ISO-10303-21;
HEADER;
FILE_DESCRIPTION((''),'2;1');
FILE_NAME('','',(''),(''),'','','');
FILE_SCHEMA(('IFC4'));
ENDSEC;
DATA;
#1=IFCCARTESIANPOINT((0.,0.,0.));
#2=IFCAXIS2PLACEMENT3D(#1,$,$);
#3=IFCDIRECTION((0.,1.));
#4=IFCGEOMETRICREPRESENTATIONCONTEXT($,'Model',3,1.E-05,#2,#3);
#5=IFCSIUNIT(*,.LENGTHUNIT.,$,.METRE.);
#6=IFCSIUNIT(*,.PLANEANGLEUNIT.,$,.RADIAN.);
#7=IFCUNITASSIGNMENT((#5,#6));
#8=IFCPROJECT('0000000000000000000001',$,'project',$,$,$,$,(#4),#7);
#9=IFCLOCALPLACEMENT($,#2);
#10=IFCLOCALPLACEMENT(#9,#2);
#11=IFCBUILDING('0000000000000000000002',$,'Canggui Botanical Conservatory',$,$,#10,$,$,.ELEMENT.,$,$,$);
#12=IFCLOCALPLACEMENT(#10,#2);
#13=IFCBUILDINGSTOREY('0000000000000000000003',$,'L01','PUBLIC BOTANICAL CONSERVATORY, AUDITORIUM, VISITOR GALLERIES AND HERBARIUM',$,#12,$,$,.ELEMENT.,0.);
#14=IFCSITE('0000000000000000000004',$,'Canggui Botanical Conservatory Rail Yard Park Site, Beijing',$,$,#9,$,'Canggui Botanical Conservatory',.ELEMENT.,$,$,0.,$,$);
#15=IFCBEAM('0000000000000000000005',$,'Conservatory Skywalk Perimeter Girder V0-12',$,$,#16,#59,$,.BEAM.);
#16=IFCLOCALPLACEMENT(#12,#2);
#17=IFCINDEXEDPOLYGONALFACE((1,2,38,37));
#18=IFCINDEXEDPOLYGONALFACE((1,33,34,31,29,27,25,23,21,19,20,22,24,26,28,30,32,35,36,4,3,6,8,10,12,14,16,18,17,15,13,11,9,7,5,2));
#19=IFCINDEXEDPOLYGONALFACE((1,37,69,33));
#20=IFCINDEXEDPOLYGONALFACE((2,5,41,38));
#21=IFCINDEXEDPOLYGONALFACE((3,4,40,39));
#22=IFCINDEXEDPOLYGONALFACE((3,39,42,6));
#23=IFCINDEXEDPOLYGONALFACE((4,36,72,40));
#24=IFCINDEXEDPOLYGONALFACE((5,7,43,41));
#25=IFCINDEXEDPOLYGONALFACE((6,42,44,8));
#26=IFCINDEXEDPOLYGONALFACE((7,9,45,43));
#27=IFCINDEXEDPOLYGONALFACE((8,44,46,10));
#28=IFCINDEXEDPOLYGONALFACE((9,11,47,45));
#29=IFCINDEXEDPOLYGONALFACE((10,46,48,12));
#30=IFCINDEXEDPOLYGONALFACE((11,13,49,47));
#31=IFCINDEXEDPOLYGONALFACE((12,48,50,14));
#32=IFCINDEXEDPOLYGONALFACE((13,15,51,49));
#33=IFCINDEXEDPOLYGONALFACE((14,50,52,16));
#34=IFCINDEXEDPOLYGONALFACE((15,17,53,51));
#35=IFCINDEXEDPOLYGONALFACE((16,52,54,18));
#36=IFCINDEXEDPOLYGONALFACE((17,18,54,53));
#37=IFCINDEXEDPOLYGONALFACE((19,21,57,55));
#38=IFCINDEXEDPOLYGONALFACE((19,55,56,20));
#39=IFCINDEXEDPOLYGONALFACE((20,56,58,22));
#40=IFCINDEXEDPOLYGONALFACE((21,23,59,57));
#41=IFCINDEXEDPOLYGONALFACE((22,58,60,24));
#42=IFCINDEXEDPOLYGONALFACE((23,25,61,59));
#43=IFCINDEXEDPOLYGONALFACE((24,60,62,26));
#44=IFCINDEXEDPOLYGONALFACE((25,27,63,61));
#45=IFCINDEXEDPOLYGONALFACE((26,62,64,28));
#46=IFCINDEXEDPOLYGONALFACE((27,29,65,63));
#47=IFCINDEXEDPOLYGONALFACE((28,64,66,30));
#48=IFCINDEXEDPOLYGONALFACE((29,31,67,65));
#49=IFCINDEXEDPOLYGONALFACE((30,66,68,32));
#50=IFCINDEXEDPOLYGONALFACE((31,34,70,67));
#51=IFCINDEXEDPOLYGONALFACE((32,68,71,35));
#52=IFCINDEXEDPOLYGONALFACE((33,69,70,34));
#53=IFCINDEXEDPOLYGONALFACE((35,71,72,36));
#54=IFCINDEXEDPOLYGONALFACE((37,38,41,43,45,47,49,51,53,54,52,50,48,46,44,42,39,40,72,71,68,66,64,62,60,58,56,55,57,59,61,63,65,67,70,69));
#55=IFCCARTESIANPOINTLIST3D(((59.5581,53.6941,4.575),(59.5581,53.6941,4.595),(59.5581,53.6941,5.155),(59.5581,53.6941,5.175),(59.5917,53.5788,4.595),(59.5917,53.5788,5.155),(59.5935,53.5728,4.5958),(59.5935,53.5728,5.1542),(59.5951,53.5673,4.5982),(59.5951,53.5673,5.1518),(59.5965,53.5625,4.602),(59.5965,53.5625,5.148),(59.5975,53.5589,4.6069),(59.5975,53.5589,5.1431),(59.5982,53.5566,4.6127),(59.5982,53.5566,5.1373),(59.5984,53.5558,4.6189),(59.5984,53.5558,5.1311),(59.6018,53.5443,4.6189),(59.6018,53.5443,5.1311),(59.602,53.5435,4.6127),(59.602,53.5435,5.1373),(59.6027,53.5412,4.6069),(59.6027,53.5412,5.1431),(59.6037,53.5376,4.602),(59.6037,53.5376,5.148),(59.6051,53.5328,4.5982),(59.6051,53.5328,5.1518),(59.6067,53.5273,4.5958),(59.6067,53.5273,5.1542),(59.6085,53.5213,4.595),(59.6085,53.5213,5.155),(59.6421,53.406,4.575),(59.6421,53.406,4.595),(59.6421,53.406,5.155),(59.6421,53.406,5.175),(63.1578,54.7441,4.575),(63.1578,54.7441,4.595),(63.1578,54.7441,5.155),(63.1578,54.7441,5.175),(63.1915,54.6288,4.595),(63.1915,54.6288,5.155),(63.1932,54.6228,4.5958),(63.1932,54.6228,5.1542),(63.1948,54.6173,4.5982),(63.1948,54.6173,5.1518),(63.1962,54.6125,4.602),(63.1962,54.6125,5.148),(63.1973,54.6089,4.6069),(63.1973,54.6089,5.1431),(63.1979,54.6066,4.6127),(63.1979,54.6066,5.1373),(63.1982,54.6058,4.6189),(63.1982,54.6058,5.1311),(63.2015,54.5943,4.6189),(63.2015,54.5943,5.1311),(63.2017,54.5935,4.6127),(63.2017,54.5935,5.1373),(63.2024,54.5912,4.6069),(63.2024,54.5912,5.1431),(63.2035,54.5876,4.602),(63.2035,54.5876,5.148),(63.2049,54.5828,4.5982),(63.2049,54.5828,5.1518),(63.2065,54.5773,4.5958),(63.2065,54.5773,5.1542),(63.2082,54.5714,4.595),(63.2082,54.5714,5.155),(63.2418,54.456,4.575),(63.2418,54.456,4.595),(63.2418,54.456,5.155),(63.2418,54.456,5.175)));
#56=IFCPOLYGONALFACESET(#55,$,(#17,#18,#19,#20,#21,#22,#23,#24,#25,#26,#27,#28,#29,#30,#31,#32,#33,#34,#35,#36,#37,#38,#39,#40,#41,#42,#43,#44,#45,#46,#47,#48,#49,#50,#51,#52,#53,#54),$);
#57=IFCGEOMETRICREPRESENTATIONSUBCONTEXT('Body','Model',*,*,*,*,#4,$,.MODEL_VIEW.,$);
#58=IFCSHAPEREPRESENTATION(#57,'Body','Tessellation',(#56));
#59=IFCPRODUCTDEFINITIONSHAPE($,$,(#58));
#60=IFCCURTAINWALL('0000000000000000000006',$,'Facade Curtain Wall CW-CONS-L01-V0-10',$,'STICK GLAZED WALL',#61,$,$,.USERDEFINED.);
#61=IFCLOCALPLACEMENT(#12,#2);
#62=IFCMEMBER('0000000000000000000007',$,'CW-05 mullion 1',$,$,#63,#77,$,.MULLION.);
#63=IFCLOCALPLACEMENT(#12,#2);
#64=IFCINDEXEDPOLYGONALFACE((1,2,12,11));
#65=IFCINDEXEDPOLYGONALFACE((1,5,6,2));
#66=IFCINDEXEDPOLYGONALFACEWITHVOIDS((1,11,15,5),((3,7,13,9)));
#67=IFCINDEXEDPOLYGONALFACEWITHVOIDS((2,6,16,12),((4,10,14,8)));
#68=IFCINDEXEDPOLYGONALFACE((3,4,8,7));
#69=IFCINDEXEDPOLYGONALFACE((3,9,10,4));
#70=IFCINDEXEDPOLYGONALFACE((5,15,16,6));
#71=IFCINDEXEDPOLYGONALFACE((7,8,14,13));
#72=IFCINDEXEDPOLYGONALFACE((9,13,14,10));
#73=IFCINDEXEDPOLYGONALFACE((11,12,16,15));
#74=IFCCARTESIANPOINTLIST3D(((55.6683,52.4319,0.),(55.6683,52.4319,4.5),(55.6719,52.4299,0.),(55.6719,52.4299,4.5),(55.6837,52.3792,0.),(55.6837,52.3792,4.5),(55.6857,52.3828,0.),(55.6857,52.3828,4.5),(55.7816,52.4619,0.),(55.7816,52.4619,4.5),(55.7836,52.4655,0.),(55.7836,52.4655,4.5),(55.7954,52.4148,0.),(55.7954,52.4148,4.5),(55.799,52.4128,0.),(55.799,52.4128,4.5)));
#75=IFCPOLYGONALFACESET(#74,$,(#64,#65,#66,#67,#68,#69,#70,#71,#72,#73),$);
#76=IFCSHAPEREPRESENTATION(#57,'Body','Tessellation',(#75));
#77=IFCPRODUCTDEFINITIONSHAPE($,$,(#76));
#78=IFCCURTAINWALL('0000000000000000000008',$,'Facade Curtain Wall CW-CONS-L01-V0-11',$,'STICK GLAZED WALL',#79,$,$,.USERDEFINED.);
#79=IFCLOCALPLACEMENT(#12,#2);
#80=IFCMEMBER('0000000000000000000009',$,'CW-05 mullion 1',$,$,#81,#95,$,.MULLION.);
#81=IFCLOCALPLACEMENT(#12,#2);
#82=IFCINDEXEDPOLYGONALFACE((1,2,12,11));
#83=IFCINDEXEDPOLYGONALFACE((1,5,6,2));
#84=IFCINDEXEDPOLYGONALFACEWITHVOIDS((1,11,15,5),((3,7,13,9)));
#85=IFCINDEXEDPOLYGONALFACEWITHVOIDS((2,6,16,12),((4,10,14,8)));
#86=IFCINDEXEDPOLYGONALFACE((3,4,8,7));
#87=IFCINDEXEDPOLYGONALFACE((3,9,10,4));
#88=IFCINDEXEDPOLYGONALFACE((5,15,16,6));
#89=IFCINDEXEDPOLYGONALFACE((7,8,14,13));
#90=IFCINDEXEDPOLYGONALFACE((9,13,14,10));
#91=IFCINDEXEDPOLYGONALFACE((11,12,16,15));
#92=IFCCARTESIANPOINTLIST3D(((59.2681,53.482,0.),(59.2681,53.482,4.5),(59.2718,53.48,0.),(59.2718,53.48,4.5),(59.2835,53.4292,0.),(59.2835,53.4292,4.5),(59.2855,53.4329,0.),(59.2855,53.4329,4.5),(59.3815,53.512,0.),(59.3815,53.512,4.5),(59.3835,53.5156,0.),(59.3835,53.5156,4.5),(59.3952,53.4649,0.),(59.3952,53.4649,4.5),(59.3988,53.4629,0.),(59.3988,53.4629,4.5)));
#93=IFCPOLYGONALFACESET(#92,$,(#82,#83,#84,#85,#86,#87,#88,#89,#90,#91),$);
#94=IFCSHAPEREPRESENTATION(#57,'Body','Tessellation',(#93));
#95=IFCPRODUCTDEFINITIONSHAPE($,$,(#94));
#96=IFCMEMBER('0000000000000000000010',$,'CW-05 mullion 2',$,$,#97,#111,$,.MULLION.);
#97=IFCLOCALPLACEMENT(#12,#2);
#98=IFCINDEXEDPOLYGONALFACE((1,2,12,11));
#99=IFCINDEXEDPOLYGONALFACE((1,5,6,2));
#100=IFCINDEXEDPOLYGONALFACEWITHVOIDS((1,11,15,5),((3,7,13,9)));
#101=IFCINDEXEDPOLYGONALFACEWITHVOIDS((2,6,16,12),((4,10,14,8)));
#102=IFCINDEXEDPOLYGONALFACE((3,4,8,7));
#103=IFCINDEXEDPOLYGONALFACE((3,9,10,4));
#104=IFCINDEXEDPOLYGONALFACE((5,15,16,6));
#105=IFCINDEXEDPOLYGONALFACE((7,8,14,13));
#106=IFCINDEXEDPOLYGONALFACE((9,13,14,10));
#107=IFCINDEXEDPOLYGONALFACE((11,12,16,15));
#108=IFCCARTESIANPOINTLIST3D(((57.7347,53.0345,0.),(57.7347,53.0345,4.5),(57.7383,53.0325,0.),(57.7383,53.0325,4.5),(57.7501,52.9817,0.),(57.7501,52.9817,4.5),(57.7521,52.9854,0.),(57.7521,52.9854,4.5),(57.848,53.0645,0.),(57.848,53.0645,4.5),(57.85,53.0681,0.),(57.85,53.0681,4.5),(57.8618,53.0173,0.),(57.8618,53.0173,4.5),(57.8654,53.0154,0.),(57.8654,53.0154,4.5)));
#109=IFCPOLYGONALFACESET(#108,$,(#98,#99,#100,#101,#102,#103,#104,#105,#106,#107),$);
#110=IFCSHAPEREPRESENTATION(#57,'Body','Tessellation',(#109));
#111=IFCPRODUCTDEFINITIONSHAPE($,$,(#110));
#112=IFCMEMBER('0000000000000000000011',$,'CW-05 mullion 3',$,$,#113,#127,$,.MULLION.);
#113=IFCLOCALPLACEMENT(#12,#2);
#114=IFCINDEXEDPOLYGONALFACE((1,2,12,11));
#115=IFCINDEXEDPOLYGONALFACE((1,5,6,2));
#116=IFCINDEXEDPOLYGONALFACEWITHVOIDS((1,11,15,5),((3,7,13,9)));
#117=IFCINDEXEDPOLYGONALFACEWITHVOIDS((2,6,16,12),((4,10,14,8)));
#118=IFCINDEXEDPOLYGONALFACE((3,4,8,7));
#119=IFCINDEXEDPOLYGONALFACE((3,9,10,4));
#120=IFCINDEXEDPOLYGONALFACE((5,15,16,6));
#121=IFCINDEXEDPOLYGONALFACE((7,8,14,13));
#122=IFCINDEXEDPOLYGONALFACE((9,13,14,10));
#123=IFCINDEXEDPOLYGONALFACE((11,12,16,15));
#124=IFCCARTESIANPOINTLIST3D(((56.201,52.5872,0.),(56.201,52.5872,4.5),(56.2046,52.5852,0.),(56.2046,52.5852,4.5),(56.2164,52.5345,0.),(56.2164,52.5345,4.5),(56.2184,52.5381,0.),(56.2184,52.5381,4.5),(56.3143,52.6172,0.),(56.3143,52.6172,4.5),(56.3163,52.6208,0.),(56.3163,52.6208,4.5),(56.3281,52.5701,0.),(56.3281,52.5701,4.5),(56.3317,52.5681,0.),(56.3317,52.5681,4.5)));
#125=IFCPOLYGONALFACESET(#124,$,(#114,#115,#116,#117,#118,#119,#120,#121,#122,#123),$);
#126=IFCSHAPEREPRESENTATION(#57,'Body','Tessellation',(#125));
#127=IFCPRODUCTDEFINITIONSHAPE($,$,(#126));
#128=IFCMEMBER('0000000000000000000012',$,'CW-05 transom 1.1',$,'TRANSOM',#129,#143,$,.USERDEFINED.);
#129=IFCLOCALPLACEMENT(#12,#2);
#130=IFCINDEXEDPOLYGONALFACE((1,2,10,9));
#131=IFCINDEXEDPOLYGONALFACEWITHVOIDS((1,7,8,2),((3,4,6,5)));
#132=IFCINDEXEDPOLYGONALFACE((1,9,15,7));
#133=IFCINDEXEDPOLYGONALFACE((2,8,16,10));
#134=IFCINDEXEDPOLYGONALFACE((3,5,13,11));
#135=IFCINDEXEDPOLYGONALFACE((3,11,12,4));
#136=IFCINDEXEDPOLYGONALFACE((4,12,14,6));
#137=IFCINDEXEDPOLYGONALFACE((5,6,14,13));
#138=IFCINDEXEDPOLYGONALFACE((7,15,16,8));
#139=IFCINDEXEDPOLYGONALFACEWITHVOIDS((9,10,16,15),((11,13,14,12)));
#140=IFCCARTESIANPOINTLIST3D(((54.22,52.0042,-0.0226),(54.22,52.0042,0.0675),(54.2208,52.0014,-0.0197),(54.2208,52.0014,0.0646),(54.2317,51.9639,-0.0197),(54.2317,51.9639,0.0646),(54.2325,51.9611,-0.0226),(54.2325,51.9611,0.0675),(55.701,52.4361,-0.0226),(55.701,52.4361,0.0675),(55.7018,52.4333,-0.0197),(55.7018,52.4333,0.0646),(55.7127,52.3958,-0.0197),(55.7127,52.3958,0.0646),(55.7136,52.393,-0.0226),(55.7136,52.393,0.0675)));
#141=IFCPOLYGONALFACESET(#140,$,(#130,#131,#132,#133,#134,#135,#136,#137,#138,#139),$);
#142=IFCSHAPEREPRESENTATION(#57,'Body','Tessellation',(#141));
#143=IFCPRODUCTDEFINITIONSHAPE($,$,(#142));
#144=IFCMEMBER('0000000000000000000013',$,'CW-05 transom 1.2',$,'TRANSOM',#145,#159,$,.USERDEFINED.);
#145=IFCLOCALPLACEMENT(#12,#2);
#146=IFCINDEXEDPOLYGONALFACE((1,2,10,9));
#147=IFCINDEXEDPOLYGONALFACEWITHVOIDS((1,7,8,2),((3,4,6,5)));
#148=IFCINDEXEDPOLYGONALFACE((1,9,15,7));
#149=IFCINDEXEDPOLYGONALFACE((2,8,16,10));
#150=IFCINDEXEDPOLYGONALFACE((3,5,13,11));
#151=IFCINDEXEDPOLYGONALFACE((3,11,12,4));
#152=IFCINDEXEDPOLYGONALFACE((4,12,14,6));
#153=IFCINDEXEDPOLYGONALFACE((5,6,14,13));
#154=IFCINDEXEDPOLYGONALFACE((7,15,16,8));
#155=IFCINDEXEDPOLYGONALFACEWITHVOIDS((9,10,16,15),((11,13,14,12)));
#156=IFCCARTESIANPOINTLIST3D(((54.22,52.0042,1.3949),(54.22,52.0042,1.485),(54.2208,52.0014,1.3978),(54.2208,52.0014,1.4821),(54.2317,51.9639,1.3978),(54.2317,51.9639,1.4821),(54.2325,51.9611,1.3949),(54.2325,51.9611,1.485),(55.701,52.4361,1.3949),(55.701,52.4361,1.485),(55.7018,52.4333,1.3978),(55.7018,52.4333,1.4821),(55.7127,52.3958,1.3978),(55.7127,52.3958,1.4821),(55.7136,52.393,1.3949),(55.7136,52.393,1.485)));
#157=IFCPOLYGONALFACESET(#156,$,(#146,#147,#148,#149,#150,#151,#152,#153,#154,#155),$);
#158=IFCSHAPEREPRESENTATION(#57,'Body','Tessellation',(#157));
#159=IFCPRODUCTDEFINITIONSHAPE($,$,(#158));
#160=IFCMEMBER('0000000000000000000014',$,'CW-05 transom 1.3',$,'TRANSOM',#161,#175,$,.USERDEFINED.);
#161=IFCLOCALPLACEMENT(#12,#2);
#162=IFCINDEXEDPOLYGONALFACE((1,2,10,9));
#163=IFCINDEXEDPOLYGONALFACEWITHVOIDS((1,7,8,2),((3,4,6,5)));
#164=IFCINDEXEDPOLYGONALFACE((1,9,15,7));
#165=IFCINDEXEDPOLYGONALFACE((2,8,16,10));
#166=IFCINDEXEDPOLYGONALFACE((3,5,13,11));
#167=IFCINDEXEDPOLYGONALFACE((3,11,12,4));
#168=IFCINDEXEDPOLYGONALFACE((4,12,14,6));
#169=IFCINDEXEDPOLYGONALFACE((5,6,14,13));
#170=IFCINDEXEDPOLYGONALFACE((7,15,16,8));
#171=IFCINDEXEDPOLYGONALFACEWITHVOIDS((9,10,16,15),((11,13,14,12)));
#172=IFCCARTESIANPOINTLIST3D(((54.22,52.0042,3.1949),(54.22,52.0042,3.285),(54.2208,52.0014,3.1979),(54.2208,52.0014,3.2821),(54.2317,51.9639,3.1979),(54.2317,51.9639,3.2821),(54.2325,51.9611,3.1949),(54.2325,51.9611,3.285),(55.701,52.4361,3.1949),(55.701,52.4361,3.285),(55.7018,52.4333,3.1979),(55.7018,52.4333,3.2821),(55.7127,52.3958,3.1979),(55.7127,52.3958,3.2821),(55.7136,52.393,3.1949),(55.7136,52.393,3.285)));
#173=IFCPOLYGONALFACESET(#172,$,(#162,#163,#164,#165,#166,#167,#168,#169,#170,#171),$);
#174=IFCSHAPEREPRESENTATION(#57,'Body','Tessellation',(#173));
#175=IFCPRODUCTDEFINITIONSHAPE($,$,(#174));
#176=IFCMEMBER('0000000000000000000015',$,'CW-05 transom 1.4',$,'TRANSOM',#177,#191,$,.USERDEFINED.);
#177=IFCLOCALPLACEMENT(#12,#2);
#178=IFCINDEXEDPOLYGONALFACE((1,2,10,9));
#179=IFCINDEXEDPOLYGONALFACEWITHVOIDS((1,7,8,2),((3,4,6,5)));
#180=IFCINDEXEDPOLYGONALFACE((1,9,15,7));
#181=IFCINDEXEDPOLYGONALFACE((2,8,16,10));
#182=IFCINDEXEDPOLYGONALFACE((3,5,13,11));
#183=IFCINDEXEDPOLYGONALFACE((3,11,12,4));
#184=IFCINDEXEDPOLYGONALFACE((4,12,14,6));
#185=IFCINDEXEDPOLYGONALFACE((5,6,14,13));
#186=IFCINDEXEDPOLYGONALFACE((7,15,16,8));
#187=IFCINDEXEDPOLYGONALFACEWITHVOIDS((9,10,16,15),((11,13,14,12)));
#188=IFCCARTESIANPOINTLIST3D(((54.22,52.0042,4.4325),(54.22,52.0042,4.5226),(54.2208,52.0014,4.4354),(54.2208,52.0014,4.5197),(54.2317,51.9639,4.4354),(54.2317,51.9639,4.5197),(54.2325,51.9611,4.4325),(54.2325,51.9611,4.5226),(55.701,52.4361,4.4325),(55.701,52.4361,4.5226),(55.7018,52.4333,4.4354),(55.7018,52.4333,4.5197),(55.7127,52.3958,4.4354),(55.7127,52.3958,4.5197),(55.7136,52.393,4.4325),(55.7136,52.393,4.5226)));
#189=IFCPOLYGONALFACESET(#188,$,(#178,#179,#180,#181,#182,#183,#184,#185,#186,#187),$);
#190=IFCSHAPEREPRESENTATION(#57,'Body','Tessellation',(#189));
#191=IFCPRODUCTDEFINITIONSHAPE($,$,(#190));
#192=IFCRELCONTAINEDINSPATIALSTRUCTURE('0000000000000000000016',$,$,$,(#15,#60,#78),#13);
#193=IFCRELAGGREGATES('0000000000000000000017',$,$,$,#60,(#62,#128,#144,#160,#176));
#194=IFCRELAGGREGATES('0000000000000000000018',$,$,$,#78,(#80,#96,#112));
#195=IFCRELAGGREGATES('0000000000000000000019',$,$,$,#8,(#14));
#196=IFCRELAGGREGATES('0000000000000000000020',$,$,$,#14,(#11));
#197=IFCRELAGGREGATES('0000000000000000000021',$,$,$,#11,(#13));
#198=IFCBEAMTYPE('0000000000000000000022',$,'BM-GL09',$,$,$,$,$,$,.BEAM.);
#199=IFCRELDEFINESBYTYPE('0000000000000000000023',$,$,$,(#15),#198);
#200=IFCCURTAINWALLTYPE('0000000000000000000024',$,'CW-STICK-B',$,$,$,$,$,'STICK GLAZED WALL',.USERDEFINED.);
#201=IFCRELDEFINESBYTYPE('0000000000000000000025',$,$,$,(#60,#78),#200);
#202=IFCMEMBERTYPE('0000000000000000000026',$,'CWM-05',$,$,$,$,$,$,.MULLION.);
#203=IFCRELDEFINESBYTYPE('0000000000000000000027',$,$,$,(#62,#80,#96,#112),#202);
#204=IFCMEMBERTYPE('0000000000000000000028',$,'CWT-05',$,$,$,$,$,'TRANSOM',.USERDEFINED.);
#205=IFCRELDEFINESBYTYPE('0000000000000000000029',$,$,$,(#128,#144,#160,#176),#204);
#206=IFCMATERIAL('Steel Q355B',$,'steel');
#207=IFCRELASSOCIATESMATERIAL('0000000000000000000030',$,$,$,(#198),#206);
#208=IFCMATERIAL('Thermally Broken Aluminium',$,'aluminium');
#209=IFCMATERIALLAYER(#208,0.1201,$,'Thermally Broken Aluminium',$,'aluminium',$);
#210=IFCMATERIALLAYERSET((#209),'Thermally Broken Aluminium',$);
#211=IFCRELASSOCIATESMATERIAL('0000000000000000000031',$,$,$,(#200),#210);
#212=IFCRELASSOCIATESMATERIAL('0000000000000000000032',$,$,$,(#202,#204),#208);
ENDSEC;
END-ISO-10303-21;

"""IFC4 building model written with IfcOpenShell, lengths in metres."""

from ifc_helpers import new_model, si_unit, direction, frame, origin, origin_2d, place, context, subcontext, project, spatial, hollow_rectangle, i_section, extrude, material, layer, layer_set, material_profile, profile_set, type_object, element, aggregate, save


model = new_model("IFC4")

# Units and contexts
model_context = context("Model", 3, precision=1e-05, world=origin(), true_north=direction((0.0, 1.0)))
body_context = subcontext(model_context, "Body", "Model", "MODEL_VIEW")
ifc_project = project(units=[si_unit("LENGTHUNIT", "METRE"), si_unit("PLANEANGLEUNIT", "RADIAN")], contexts=[model_context])

# Site, building, storey
site_placement = place(None, origin())
site = spatial("IfcSite", under=ifc_project, at=site_placement, Name="Canggui Botanical Conservatory Rail Yard Park Site, Beijing", LongName="Canggui Botanical Conservatory", CompositionType="ELEMENT", RefElevation=0.0)
building_placement = place(site_placement, origin())
building = spatial("IfcBuilding", under=site, at=building_placement, Name="Canggui Botanical Conservatory", CompositionType="ELEMENT")
storey_placement = place(building_placement, origin())
storey = spatial("IfcBuildingStorey", under=building, at=storey_placement, Name="L01", Description="PUBLIC BOTANICAL CONSERVATORY, AUDITORIUM, VISITOR GALLERIES AND HERBARIUM", CompositionType="ELEMENT", Elevation=0.0)

# Beam
ifc_material_1 = material(Name="Steel Q355B", Category="steel")
ifc_material_profile_1 = material_profile(ifc_material_1, i_section(OverallWidth=0.3, OverallDepth=0.6001, WebThickness=0.012, FlangeThickness=0.02, FilletRadius=0.0239, at=origin_2d()), Name="HM 600x300x12x20")
ifc_profile_set_1 = profile_set([ifc_material_profile_1], Name="Steel Q355B")
beam_type_1 = type_object("IfcBeamType", Name="BM-GL09", PredefinedType="BEAM", material=ifc_profile_set_1)
beam_1_placement = place(storey_placement, frame((59.6001, 53.55, 4.875), z_axis=(0.959993, 0.280023, 0.0), x_axis=(-0.280023, 0.959993, 0.0)))
element("IfcBeam", 1, at=beam_1_placement, inside=storey, type_object=beam_type_1, Name="Conservatory Skywalk Perimeter Girder V0-12", PredefinedType="BEAM", context=body_context, shape_type="SweptSolid", body=[
    extrude(i_section(OverallWidth=0.3, OverallDepth=0.6001, WebThickness=0.012, FlangeThickness=0.02, FilletRadius=0.0239, at=origin_2d()), origin(), (0.0, 0.0, 1.0), 3.7498),
])

# Curtain wall, member
ifc_material_2 = material(Name="Thermally Broken Aluminium", Category="aluminium")
ifc_layer_1 = layer(ifc_material_2, 0.1201, Name="Thermally Broken Aluminium", Category="aluminium")
ifc_layer_set_1 = layer_set([ifc_layer_1], Name="Thermally Broken Aluminium")
curtain_wall_type = type_object("IfcCurtainWallType", Name="CW-STICK-B", ElementType="STICK GLAZED WALL", PredefinedType="USERDEFINED", material=ifc_layer_set_1)
curtain_wall_1_placement = place(storey_placement, origin())
curtain_wall_1 = element("IfcCurtainWall", 2, at=curtain_wall_1_placement, inside=storey, type_object=curtain_wall_type, Name="Facade Curtain Wall CW-CONS-L01-V0-10", ObjectType="STICK GLAZED WALL", PredefinedType="USERDEFINED")
ifc_material_profile_2 = material_profile(ifc_material_2, hollow_rectangle(XDim=0.0549, YDim=0.1201, WallThickness=0.0029, at=origin_2d()), Name="CWM 55x120x3")
ifc_profile_set_2 = profile_set([ifc_material_profile_2], Name="Thermally Broken Aluminium")
member_type_1 = type_object("IfcMemberType", Name="CWM-05", PredefinedType="MULLION", material=ifc_profile_set_2)
member_1_placement = place(storey_placement, frame((55.7336, 52.4224, 0.0), z_axis=(0.0, 0.0, 1.0), x_axis=(0.28, -0.96, 0.0)))
member_1 = element("IfcMember", 3, at=member_1_placement, type_object=member_type_1, Name="CW-05 mullion 1", PredefinedType="MULLION", context=body_context, shape_type="SweptSolid", body=[
    extrude(hollow_rectangle(XDim=0.0549, YDim=0.1201, WallThickness=0.0029, at=origin_2d()), origin(), (0.0, 0.0, 1.0), 4.5),
])

# Curtain wall, members
curtain_wall_2_placement = place(storey_placement, origin())
curtain_wall_2 = element("IfcCurtainWall", 4, at=curtain_wall_2_placement, inside=storey, type_object=curtain_wall_type, Name="Facade Curtain Wall CW-CONS-L01-V0-11", ObjectType="STICK GLAZED WALL", PredefinedType="USERDEFINED")
member_2_placement = place(storey_placement, frame((59.3335, 53.4724, 0.0), z_axis=(0.0, 0.0, 1.0), x_axis=(0.28, -0.96, 0.0)))
member_2 = element("IfcMember", 5, at=member_2_placement, type_object=member_type_1, Name="CW-05 mullion 1", PredefinedType="MULLION", context=body_context, shape_type="SweptSolid", body=[
    extrude(hollow_rectangle(XDim=0.0549, YDim=0.1201, WallThickness=0.0029, at=origin_2d()), origin(), (0.0, 0.0, 1.0), 4.5),
])
member_3_placement = place(storey_placement, frame((57.8, 53.0249, 0.0), z_axis=(0.0, 0.0, 1.0), x_axis=(0.28, -0.96, 0.0)))
member_3 = element("IfcMember", 6, at=member_3_placement, type_object=member_type_1, Name="CW-05 mullion 2", PredefinedType="MULLION", context=body_context, shape_type="SweptSolid", body=[
    extrude(hollow_rectangle(XDim=0.0549, YDim=0.1201, WallThickness=0.0029, at=origin_2d()), origin(), (0.0, 0.0, 1.0), 4.5),
])
member_4_placement = place(storey_placement, frame((56.2664, 52.5776, 0.0), z_axis=(0.0, 0.0, 1.0), x_axis=(0.28, -0.96, 0.0)))
member_4 = element("IfcMember", 7, at=member_4_placement, type_object=member_type_1, Name="CW-05 mullion 3", PredefinedType="MULLION", context=body_context, shape_type="SweptSolid", body=[
    extrude(hollow_rectangle(XDim=0.0549, YDim=0.1201, WallThickness=0.0029, at=origin_2d()), origin(), (0.0, 0.0, 1.0), 4.5),
])

# Members
ifc_material_profile_3 = material_profile(ifc_material_2, hollow_rectangle(XDim=0.0449, YDim=0.0901, WallThickness=0.0029, at=origin_2d()), Name="CWT 45x90x3")
ifc_profile_set_3 = profile_set([ifc_material_profile_3], Name="Thermally Broken Aluminium")
member_type_2 = type_object("IfcMemberType", Name="CWT-05", ElementType="TRANSOM", PredefinedType="USERDEFINED", material=ifc_profile_set_3)
member_5_placement = place(storey_placement, frame((55.7073, 52.4146, 0.0225), z_axis=(-0.960011, -0.279964, 0.0), x_axis=(0.279964, -0.960011, 0.0)))
member_5 = element("IfcMember", 8, at=member_5_placement, type_object=member_type_2, Name="CW-05 transom 1.1", ObjectType="TRANSOM", PredefinedType="USERDEFINED", context=body_context, shape_type="SweptSolid", body=[
    extrude(hollow_rectangle(XDim=0.0449, YDim=0.0901, WallThickness=0.0029, at=origin_2d()), origin(), (0.0, 0.0, 1.0), 1.5427),
])
member_6_placement = place(storey_placement, frame((55.7073, 52.4146, 1.4399), z_axis=(-0.960011, -0.279964, 0.0), x_axis=(0.279964, -0.960011, 0.0)))
member_6 = element("IfcMember", 9, at=member_6_placement, type_object=member_type_2, Name="CW-05 transom 1.2", ObjectType="TRANSOM", PredefinedType="USERDEFINED", context=body_context, shape_type="SweptSolid", body=[
    extrude(hollow_rectangle(XDim=0.0449, YDim=0.0901, WallThickness=0.0029, at=origin_2d()), origin(), (0.0, 0.0, 1.0), 1.5427),
])
member_7_placement = place(storey_placement, frame((55.7073, 52.4146, 3.24), z_axis=(-0.960011, -0.279964, 0.0), x_axis=(0.279964, -0.960011, 0.0)))
member_7 = element("IfcMember", 10, at=member_7_placement, type_object=member_type_2, Name="CW-05 transom 1.3", ObjectType="TRANSOM", PredefinedType="USERDEFINED", context=body_context, shape_type="SweptSolid", body=[
    extrude(hollow_rectangle(XDim=0.0449, YDim=0.0901, WallThickness=0.0029, at=origin_2d()), origin(), (0.0, 0.0, 1.0), 1.5427),
])
member_8_placement = place(storey_placement, frame((55.7073, 52.4146, 4.4775), z_axis=(-0.960011, -0.279964, 0.0), x_axis=(0.279964, -0.960011, 0.0)))
member_8 = element("IfcMember", 11, at=member_8_placement, type_object=member_type_2, Name="CW-05 transom 1.4", ObjectType="TRANSOM", PredefinedType="USERDEFINED", context=body_context, shape_type="SweptSolid", body=[
    extrude(hollow_rectangle(XDim=0.0449, YDim=0.0901, WallThickness=0.0029, at=origin_2d()), origin(), (0.0, 0.0, 1.0), 1.5427),
])
aggregate(curtain_wall_1, [member_1, member_5, member_6, member_7, member_8])

aggregate(curtain_wall_2, [member_2, member_3, member_4])

save(model, "model.ifc")
